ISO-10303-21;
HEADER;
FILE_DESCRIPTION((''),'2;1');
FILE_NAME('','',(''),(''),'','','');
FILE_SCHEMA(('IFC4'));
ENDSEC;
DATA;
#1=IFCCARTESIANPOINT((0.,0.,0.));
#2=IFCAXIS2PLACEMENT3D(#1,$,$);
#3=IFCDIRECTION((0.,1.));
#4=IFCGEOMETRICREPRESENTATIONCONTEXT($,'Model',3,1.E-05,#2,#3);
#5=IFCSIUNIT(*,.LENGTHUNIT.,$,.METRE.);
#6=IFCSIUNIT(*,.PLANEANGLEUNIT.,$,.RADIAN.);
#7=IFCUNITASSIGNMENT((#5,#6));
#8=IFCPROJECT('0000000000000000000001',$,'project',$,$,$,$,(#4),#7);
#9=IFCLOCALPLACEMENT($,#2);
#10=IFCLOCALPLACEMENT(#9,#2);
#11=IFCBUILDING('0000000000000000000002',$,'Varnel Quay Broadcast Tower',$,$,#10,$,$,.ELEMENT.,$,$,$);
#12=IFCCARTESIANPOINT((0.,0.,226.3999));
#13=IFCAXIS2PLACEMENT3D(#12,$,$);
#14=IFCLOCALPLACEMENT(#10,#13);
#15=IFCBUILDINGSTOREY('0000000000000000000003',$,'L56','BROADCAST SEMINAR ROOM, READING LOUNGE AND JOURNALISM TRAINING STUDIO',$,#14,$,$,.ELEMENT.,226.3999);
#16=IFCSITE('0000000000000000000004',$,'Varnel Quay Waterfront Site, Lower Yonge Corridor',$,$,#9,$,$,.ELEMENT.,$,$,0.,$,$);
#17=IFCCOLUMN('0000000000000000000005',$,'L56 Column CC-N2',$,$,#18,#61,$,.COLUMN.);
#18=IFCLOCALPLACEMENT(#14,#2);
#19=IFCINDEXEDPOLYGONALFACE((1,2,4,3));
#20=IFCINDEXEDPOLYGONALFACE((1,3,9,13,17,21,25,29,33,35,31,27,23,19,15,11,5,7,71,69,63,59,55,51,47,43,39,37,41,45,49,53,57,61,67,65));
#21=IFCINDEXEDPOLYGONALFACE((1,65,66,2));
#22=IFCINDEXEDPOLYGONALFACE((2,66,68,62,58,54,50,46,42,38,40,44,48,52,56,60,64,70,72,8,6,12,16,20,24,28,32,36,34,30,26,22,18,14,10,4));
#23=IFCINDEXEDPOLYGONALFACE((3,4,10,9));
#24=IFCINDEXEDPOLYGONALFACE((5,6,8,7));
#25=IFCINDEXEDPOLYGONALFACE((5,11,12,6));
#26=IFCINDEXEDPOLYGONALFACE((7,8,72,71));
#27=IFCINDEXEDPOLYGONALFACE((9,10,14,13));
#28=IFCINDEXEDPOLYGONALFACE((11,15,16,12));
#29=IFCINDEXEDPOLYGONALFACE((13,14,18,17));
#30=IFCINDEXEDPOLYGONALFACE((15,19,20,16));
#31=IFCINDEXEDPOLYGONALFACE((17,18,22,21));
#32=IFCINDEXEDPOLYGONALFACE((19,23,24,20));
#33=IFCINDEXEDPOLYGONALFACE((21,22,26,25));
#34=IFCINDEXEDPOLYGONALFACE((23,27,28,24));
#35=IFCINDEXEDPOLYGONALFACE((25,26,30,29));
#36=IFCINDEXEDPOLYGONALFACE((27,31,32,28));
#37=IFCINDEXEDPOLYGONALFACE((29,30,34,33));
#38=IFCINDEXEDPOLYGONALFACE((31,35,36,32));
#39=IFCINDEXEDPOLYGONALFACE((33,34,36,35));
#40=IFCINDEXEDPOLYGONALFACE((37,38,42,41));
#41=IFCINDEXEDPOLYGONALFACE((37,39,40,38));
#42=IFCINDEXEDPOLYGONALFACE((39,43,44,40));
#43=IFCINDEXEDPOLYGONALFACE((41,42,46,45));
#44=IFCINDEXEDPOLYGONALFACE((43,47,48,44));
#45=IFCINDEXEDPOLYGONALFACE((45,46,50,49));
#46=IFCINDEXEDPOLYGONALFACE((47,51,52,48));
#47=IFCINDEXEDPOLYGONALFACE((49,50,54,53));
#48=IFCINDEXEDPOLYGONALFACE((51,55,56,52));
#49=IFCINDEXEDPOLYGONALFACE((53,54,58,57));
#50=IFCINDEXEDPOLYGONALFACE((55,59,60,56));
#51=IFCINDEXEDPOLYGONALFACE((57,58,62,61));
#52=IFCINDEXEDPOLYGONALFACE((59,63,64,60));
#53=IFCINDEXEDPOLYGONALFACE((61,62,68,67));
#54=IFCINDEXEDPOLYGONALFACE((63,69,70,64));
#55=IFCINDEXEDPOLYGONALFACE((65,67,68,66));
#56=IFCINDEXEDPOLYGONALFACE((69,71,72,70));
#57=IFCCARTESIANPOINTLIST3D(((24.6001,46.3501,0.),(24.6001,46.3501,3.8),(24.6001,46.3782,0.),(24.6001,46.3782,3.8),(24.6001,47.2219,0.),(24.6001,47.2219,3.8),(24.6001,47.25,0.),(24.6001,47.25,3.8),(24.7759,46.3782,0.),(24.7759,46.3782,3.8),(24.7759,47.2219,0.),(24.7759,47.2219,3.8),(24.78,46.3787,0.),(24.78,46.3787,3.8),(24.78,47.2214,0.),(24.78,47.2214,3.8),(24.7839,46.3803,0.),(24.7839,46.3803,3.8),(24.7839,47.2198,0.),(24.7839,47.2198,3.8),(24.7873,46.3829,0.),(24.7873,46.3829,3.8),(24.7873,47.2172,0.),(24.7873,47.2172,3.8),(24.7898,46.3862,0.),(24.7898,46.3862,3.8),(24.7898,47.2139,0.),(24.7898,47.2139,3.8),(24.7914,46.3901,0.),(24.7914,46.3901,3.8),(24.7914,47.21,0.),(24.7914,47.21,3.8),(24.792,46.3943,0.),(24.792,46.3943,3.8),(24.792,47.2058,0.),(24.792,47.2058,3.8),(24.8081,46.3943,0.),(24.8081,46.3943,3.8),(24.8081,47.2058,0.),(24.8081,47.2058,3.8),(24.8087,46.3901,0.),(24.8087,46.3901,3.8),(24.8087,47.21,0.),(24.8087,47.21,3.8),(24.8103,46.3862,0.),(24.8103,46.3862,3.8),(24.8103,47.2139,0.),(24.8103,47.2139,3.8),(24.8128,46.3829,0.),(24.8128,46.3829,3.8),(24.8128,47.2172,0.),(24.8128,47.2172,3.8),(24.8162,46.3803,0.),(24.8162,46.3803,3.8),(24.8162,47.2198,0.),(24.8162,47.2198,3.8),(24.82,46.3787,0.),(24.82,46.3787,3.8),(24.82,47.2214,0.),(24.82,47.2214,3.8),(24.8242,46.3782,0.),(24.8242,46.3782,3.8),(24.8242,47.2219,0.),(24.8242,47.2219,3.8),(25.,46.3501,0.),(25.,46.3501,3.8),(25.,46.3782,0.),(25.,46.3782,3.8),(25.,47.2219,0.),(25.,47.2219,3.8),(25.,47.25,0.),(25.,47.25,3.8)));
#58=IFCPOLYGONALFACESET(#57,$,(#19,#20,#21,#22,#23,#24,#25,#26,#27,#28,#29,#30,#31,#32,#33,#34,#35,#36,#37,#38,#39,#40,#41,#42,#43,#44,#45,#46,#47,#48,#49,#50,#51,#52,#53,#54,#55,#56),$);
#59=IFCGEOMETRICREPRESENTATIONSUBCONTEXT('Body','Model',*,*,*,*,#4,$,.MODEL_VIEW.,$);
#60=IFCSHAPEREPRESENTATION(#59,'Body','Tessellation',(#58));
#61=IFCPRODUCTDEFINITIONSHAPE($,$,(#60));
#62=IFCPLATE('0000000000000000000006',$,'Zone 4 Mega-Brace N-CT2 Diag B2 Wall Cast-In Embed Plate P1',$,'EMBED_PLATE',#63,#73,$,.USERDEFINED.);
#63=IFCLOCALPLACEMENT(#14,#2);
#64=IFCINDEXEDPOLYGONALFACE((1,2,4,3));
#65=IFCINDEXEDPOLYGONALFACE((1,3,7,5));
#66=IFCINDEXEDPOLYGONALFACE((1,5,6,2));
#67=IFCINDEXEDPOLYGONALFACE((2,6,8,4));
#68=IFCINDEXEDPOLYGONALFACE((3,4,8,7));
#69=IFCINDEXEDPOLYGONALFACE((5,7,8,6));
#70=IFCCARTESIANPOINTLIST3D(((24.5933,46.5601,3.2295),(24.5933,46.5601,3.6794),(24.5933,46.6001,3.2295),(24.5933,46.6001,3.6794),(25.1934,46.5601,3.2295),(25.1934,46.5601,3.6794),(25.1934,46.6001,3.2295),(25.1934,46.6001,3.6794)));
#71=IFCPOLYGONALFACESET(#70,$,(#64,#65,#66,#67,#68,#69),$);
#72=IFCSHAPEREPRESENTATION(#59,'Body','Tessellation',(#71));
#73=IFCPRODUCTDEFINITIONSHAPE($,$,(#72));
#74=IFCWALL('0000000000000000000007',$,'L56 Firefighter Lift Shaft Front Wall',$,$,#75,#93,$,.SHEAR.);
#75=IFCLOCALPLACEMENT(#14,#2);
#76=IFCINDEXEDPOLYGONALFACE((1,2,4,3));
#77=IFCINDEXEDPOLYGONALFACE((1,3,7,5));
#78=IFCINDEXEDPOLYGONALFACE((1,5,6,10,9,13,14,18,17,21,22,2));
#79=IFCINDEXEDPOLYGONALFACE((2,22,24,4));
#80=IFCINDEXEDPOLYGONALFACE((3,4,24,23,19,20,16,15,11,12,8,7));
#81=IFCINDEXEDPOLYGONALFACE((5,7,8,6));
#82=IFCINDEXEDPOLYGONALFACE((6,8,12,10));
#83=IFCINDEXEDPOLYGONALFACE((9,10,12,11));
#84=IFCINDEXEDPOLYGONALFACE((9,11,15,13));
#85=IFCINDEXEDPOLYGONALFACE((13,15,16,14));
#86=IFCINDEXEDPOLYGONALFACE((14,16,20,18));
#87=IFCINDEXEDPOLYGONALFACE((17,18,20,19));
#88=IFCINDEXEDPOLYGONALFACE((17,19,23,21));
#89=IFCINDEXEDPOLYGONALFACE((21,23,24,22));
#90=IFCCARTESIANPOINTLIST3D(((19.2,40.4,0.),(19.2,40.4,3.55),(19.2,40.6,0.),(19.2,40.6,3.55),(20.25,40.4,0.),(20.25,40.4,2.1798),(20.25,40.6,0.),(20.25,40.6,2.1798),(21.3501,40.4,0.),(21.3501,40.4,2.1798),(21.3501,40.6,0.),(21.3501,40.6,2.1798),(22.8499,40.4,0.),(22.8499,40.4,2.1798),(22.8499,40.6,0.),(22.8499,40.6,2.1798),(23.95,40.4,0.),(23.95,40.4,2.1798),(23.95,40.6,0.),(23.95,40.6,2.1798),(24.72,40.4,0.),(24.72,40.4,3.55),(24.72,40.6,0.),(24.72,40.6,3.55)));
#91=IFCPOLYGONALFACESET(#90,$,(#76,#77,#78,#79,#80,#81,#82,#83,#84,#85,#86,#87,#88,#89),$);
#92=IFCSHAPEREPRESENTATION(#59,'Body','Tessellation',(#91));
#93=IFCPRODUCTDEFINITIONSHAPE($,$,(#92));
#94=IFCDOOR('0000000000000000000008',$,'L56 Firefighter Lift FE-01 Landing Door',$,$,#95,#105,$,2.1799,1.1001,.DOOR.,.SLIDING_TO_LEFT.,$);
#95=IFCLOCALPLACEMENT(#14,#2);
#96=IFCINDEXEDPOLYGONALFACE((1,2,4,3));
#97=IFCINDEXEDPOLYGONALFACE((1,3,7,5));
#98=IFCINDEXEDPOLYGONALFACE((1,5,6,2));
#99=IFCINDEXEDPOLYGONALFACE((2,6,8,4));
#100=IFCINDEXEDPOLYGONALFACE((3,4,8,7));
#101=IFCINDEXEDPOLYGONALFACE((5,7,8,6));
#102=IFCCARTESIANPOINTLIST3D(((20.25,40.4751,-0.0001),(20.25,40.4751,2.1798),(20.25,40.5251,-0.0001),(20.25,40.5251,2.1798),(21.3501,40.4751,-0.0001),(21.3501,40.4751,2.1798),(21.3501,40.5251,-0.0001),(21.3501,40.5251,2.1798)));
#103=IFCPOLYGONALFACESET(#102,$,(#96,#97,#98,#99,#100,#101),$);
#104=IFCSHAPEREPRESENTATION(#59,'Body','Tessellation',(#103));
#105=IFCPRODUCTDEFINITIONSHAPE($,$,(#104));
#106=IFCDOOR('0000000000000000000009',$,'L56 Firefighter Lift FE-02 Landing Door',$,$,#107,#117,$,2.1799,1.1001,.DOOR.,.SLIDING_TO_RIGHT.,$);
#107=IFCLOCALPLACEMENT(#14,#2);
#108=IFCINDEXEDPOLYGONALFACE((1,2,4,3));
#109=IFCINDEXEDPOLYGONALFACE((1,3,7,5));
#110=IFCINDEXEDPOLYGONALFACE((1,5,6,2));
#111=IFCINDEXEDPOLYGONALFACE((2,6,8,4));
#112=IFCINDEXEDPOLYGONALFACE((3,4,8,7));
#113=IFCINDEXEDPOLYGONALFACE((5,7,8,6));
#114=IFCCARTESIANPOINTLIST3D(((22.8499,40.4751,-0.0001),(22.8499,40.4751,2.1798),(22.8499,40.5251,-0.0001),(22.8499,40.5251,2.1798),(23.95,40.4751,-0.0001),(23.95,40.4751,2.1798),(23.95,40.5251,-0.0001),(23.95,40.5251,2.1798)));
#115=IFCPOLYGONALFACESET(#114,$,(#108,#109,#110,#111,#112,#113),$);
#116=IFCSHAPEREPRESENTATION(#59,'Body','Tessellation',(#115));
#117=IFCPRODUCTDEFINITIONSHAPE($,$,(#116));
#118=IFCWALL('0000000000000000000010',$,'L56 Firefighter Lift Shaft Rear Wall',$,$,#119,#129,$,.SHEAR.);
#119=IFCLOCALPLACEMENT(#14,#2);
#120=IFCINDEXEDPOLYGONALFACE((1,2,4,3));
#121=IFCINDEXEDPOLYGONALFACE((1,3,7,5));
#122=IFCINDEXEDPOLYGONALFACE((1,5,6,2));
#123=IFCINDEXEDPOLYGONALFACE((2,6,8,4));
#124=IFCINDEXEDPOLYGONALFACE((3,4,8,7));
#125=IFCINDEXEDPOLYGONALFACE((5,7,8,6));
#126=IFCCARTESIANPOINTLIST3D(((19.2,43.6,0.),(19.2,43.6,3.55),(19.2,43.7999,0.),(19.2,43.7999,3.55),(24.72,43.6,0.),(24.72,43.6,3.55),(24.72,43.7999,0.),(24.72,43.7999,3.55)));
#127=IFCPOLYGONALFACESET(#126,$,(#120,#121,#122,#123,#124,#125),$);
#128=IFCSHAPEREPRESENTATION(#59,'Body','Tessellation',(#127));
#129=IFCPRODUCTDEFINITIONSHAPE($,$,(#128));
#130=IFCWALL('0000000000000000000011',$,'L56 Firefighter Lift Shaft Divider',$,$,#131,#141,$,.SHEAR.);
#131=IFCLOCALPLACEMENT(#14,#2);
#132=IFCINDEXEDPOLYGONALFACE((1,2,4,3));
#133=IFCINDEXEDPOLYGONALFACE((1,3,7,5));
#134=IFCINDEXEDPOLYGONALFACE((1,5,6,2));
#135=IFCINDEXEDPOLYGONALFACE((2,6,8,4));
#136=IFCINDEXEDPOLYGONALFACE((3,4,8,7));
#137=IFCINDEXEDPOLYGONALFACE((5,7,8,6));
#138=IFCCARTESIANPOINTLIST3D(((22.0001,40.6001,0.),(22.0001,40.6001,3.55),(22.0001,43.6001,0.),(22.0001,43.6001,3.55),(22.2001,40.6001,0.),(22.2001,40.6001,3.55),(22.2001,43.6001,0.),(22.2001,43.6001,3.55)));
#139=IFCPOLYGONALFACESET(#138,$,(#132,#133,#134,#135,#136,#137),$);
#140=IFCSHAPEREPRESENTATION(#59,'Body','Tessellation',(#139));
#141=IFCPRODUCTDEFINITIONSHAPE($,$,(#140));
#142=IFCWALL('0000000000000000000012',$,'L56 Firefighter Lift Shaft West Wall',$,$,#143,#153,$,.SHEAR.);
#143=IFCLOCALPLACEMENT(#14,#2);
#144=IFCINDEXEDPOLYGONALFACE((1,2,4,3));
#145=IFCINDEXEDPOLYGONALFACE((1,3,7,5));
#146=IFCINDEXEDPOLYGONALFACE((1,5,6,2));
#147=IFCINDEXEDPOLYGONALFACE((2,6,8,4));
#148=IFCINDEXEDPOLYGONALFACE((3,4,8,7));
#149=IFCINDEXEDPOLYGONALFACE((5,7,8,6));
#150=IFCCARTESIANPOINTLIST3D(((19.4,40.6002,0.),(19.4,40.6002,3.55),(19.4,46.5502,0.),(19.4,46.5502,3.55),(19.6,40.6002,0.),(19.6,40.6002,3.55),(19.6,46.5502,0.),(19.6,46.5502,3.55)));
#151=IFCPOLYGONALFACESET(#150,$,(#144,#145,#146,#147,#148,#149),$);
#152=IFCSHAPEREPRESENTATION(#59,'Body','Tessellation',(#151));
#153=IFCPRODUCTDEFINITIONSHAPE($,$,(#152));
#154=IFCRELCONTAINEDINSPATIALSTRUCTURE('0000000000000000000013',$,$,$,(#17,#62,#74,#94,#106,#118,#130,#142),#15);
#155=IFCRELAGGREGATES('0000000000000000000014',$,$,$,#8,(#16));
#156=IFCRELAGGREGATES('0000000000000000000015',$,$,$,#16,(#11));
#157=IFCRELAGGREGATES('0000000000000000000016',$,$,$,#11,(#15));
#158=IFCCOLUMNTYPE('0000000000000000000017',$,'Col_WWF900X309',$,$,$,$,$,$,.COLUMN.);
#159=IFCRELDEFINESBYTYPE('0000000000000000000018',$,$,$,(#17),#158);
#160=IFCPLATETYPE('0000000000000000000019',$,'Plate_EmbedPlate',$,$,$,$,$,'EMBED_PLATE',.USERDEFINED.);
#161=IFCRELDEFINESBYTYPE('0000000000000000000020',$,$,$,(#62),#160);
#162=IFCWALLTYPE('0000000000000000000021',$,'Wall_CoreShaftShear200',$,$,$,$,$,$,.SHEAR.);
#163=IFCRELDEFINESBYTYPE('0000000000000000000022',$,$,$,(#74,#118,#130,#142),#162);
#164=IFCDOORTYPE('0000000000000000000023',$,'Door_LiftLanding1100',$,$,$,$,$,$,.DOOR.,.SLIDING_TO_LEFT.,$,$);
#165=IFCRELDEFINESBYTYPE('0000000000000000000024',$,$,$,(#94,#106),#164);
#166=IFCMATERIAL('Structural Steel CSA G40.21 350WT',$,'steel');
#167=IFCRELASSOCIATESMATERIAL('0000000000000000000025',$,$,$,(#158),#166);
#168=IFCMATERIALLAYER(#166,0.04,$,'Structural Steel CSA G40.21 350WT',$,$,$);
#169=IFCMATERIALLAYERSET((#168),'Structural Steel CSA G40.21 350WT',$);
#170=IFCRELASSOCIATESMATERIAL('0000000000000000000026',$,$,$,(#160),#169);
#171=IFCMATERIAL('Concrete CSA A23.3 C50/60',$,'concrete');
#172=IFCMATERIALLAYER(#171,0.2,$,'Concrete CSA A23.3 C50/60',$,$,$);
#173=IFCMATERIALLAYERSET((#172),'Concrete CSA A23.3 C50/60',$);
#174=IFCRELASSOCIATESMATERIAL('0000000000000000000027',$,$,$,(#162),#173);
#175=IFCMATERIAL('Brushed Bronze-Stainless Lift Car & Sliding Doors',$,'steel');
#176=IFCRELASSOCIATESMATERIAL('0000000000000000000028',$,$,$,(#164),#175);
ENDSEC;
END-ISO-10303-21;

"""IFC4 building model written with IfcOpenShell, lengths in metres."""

from ifc_helpers import new_model, si_unit, direction, frame, frame_2d, origin, origin_2d, place, context, subcontext, project, spatial, rectangle, i_section, extrude, source, transform, mapped, material, layer, layer_set, material_profile, profile_set, type_object, type_shapes, element, fill, save


model = new_model("IFC4")

# Units and contexts
model_context = context("Model", 3, precision=1e-05, world=origin(), true_north=direction((0.0, 1.0)))
body_context = subcontext(model_context, "Body", "Model", "MODEL_VIEW")
ifc_project = project(units=[si_unit("LENGTHUNIT", "METRE"), si_unit("PLANEANGLEUNIT", "RADIAN")], contexts=[model_context])

# Site, building, storey
site_placement = place(None, origin())
site = spatial("IfcSite", under=ifc_project, at=site_placement, Name="Varnel Quay Waterfront Site, Lower Yonge Corridor", CompositionType="ELEMENT", RefElevation=0.0)
building_placement = place(site_placement, origin())
building = spatial("IfcBuilding", under=site, at=building_placement, Name="Varnel Quay Broadcast Tower", CompositionType="ELEMENT")
storey_placement = place(building_placement, frame((0.0, 0.0, 226.3999)))
storey = spatial("IfcBuildingStorey", under=building, at=storey_placement, Name="L56", Description="BROADCAST SEMINAR ROOM, READING LOUNGE AND JOURNALISM TRAINING STUDIO", CompositionType="ELEMENT", Elevation=226.3999)

# Column
ifc_material_1 = material(Name="Structural Steel CSA G40.21 350WT", Category="steel")
ifc_material_profile = material_profile(ifc_material_1, i_section(OverallWidth=0.3999, OverallDepth=0.8999, WebThickness=0.0161, FlangeThickness=0.0281, FilletRadius=0.0161, at=origin_2d()), Name="WWF900X309")
ifc_profile_set = profile_set([ifc_material_profile], Name="Structural Steel CSA G40.21 350WT")
column_type = type_object("IfcColumnType", Name="Col_WWF900X309", PredefinedType="COLUMN", material=ifc_profile_set)
shared_shape_1 = source(origin(), body_context, "Body", "SweptSolid", [
    extrude(i_section(OverallWidth=0.3999, OverallDepth=0.8999, WebThickness=0.0161, FlangeThickness=0.0281, FilletRadius=0.0161, at=origin_2d()), origin(), (0.0, 0.0, 1.0), 3.8),
])
type_shapes(column_type, [shared_shape_1])
column_placement = place(storey_placement, frame((24.8, 46.8, 0.0), z_axis=(0.0, 0.0, 1.0), x_axis=(1.0, 0.0, 0.0)))
element("IfcColumn", 1, at=column_placement, inside=storey, type_object=column_type, Name="L56 Column CC-N2", PredefinedType="COLUMN", context=body_context, shape_type="MappedRepresentation", body=[
    mapped(shared_shape_1, transform((0.0, 0.0, 0.0), x_axis=(1.0, 0.0, 0.0), y_axis=(0.0, 1.0, 0.0), z_axis=(0.0, 0.0, 1.0), scale=1.0)),
])

# Plate
ifc_layer_1 = layer(ifc_material_1, 0.04, Name="Structural Steel CSA G40.21 350WT")
ifc_layer_set_1 = layer_set([ifc_layer_1], Name="Structural Steel CSA G40.21 350WT")
plate_type = type_object("IfcPlateType", Name="Plate_EmbedPlate", ElementType="EMBED_PLATE", PredefinedType="USERDEFINED", material=ifc_layer_set_1)
shared_shape_2 = source(origin(), body_context, "Body", "SweptSolid", [
    extrude(rectangle(XDim=0.6001, YDim=0.04, at=origin_2d()), origin(), (0.0, 0.0, 1.0), 0.45),
])
type_shapes(plate_type, [shared_shape_2])
plate_placement = place(storey_placement, frame((24.8933, 46.5801, 3.2295), z_axis=(0.0, 0.0, 1.0), x_axis=(1.0, 0.0, 0.0)))
element("IfcPlate", 2, at=plate_placement, inside=storey, type_object=plate_type, Name="Zone 4 Mega-Brace N-CT2 Diag B2 Wall Cast-In Embed Plate P1", ObjectType="EMBED_PLATE", PredefinedType="USERDEFINED", context=body_context, shape_type="MappedRepresentation", body=[
    mapped(shared_shape_2, transform((0.0, 0.0, 0.0), x_axis=(1.0, 0.0, 0.0), y_axis=(0.0, 1.0, 0.0), z_axis=(0.0, 0.0, 1.0), scale=1.0)),
])

# Wall, openings, doors
ifc_material_2 = material(Name="Concrete CSA A23.3 C50/60", Category="concrete")
ifc_layer_2 = layer(ifc_material_2, 0.2, Name="Concrete CSA A23.3 C50/60")
ifc_layer_set_2 = layer_set([ifc_layer_2], Name="Concrete CSA A23.3 C50/60")
wall_type_1 = type_object("IfcWallType", Name="Wall_CoreShaftShear200", PredefinedType="SHEAR", material=ifc_layer_set_2)
wall_1_placement = place(storey_placement, frame((19.2, 40.5, 0.0), z_axis=(0.0, 0.0, 1.0), x_axis=(1.0, 0.0, 0.0)))
wall_1 = element("IfcWall", 3, at=wall_1_placement, inside=storey, type_object=wall_type_1, Name="L56 Firefighter Lift Shaft Front Wall", PredefinedType="SHEAR", context=body_context, shape_type="SweptSolid", body=[
    extrude(rectangle(XDim=5.52, YDim=0.2, at=frame_2d((2.76, 0.0))), origin(), (0.0, 0.0, 1.0), 3.55),
])
opening_1_placement = place(wall_1_placement, frame((1.05, 0.0, 0.0)))
opening_1 = element("IfcOpeningElement", 4, at=opening_1_placement, cuts=wall_1, PredefinedType="OPENING", context=body_context, shape_type="SweptSolid", body=[
    extrude(rectangle(XDim=1.1001, YDim=2.1799, at=frame_2d((0.55, 1.0898))), frame((0.0, 0.1099, 0.0), z_axis=(0.0, -1.0, 0.0), x_axis=(1.0, 0.0, 0.0)), (0.0, 0.0, 1.0), 0.22),
])
opening_2_placement = place(wall_1_placement, frame((3.6499, 0.0, 0.0)))
opening_2 = element("IfcOpeningElement", 5, at=opening_2_placement, cuts=wall_1, PredefinedType="OPENING", context=body_context, shape_type="SweptSolid", body=[
    extrude(rectangle(XDim=1.1001, YDim=2.1799, at=frame_2d((0.55, 1.0898))), frame((0.0, 0.1099, 0.0), z_axis=(0.0, -1.0, 0.0), x_axis=(1.0, 0.0, 0.0)), (0.0, 0.0, 1.0), 0.22),
])
ifc_material_3 = material(Name="Brushed Bronze-Stainless Lift Car & Sliding Doors", Category="steel")
door_type_1 = type_object("IfcDoorType", Name="Door_LiftLanding1100", OperationType="SLIDING_TO_LEFT", PredefinedType="DOOR", material=ifc_material_3)
shared_shape_3 = source(origin(), body_context, "Body", "SweptSolid", [
    extrude(rectangle(XDim=1.1001, YDim=2.1799, at=frame_2d((0.55, 1.0898))), frame((0.0, 0.0249, 0.0), z_axis=(0.0, -1.0, 0.0), x_axis=(1.0, 0.0, 0.0)), (0.0, 0.0, 1.0), 0.05),
])
type_shapes(door_type_1, [shared_shape_3])
door_1_placement = place(opening_1_placement, frame((1.1001, 0.0, 0.0), z_axis=(0.0, 0.0, 1.0), x_axis=(-1.0, 0.0, 0.0)))
door_1 = element("IfcDoor", 6, at=door_1_placement, inside=storey, type_object=door_type_1, Name="L56 Firefighter Lift FE-01 Landing Door", OperationType="SLIDING_TO_LEFT", OverallHeight=2.1799, OverallWidth=1.1001, PredefinedType="DOOR", context=body_context, shape_type="MappedRepresentation", body=[
    mapped(shared_shape_3, transform((0.0, 0.0, 0.0), x_axis=(1.0, 0.0, 0.0), y_axis=(0.0, 1.0, 0.0), z_axis=(0.0, 0.0, 1.0), scale=1.0)),
])
fill(opening_1, door_1)
door_2_placement = place(opening_2_placement, frame((1.1001, 0.0, 0.0), z_axis=(0.0, 0.0, 1.0), x_axis=(-1.0, 0.0, 0.0)))
door_2 = element("IfcDoor", 7, at=door_2_placement, inside=storey, type_object=door_type_1, Name="L56 Firefighter Lift FE-02 Landing Door", OperationType="SLIDING_TO_RIGHT", OverallHeight=2.1799, OverallWidth=1.1001, PredefinedType="DOOR", context=body_context, shape_type="MappedRepresentation", body=[
    mapped(shared_shape_3, transform((0.0, 0.0, 0.0), x_axis=(1.0, 0.0, 0.0), y_axis=(0.0, 1.0, 0.0), z_axis=(0.0, 0.0, 1.0), scale=1.0)),
])
fill(opening_2, door_2)

# Walls
wall_2_placement = place(storey_placement, frame((19.2, 43.7, 0.0), z_axis=(0.0, 0.0, 1.0), x_axis=(1.0, 0.0, 0.0)))
element("IfcWall", 8, at=wall_2_placement, inside=storey, type_object=wall_type_1, Name="L56 Firefighter Lift Shaft Rear Wall", PredefinedType="SHEAR", context=body_context, shape_type="SweptSolid", body=[
    extrude(rectangle(XDim=5.52, YDim=0.2, at=frame_2d((2.76, 0.0))), origin(), (0.0, 0.0, 1.0), 3.55),
])
wall_3_placement = place(storey_placement, frame((22.1001, 40.6001, 0.0), z_axis=(0.0, 0.0, 1.0), x_axis=(0.0, 1.0, 0.0)))
element("IfcWall", 9, at=wall_3_placement, inside=storey, type_object=wall_type_1, Name="L56 Firefighter Lift Shaft Divider", PredefinedType="SHEAR", context=body_context, shape_type="SweptSolid", body=[
    extrude(rectangle(XDim=3.0, YDim=0.2, at=frame_2d((1.5, 0.0))), origin(), (0.0, 0.0, 1.0), 3.55),
])
wall_4_placement = place(storey_placement, frame((19.5, 40.6001, 0.0), z_axis=(0.0, 0.0, 1.0), x_axis=(0.0, 1.0, 0.0)))
element("IfcWall", 10, at=wall_4_placement, inside=storey, type_object=wall_type_1, Name="L56 Firefighter Lift Shaft West Wall", PredefinedType="SHEAR", context=body_context, shape_type="SweptSolid", body=[
    extrude(rectangle(XDim=5.95, YDim=0.2, at=frame_2d((2.9751, 0.0))), origin(), (0.0, 0.0, 1.0), 3.55),
])

save(model, "model.ifc")
